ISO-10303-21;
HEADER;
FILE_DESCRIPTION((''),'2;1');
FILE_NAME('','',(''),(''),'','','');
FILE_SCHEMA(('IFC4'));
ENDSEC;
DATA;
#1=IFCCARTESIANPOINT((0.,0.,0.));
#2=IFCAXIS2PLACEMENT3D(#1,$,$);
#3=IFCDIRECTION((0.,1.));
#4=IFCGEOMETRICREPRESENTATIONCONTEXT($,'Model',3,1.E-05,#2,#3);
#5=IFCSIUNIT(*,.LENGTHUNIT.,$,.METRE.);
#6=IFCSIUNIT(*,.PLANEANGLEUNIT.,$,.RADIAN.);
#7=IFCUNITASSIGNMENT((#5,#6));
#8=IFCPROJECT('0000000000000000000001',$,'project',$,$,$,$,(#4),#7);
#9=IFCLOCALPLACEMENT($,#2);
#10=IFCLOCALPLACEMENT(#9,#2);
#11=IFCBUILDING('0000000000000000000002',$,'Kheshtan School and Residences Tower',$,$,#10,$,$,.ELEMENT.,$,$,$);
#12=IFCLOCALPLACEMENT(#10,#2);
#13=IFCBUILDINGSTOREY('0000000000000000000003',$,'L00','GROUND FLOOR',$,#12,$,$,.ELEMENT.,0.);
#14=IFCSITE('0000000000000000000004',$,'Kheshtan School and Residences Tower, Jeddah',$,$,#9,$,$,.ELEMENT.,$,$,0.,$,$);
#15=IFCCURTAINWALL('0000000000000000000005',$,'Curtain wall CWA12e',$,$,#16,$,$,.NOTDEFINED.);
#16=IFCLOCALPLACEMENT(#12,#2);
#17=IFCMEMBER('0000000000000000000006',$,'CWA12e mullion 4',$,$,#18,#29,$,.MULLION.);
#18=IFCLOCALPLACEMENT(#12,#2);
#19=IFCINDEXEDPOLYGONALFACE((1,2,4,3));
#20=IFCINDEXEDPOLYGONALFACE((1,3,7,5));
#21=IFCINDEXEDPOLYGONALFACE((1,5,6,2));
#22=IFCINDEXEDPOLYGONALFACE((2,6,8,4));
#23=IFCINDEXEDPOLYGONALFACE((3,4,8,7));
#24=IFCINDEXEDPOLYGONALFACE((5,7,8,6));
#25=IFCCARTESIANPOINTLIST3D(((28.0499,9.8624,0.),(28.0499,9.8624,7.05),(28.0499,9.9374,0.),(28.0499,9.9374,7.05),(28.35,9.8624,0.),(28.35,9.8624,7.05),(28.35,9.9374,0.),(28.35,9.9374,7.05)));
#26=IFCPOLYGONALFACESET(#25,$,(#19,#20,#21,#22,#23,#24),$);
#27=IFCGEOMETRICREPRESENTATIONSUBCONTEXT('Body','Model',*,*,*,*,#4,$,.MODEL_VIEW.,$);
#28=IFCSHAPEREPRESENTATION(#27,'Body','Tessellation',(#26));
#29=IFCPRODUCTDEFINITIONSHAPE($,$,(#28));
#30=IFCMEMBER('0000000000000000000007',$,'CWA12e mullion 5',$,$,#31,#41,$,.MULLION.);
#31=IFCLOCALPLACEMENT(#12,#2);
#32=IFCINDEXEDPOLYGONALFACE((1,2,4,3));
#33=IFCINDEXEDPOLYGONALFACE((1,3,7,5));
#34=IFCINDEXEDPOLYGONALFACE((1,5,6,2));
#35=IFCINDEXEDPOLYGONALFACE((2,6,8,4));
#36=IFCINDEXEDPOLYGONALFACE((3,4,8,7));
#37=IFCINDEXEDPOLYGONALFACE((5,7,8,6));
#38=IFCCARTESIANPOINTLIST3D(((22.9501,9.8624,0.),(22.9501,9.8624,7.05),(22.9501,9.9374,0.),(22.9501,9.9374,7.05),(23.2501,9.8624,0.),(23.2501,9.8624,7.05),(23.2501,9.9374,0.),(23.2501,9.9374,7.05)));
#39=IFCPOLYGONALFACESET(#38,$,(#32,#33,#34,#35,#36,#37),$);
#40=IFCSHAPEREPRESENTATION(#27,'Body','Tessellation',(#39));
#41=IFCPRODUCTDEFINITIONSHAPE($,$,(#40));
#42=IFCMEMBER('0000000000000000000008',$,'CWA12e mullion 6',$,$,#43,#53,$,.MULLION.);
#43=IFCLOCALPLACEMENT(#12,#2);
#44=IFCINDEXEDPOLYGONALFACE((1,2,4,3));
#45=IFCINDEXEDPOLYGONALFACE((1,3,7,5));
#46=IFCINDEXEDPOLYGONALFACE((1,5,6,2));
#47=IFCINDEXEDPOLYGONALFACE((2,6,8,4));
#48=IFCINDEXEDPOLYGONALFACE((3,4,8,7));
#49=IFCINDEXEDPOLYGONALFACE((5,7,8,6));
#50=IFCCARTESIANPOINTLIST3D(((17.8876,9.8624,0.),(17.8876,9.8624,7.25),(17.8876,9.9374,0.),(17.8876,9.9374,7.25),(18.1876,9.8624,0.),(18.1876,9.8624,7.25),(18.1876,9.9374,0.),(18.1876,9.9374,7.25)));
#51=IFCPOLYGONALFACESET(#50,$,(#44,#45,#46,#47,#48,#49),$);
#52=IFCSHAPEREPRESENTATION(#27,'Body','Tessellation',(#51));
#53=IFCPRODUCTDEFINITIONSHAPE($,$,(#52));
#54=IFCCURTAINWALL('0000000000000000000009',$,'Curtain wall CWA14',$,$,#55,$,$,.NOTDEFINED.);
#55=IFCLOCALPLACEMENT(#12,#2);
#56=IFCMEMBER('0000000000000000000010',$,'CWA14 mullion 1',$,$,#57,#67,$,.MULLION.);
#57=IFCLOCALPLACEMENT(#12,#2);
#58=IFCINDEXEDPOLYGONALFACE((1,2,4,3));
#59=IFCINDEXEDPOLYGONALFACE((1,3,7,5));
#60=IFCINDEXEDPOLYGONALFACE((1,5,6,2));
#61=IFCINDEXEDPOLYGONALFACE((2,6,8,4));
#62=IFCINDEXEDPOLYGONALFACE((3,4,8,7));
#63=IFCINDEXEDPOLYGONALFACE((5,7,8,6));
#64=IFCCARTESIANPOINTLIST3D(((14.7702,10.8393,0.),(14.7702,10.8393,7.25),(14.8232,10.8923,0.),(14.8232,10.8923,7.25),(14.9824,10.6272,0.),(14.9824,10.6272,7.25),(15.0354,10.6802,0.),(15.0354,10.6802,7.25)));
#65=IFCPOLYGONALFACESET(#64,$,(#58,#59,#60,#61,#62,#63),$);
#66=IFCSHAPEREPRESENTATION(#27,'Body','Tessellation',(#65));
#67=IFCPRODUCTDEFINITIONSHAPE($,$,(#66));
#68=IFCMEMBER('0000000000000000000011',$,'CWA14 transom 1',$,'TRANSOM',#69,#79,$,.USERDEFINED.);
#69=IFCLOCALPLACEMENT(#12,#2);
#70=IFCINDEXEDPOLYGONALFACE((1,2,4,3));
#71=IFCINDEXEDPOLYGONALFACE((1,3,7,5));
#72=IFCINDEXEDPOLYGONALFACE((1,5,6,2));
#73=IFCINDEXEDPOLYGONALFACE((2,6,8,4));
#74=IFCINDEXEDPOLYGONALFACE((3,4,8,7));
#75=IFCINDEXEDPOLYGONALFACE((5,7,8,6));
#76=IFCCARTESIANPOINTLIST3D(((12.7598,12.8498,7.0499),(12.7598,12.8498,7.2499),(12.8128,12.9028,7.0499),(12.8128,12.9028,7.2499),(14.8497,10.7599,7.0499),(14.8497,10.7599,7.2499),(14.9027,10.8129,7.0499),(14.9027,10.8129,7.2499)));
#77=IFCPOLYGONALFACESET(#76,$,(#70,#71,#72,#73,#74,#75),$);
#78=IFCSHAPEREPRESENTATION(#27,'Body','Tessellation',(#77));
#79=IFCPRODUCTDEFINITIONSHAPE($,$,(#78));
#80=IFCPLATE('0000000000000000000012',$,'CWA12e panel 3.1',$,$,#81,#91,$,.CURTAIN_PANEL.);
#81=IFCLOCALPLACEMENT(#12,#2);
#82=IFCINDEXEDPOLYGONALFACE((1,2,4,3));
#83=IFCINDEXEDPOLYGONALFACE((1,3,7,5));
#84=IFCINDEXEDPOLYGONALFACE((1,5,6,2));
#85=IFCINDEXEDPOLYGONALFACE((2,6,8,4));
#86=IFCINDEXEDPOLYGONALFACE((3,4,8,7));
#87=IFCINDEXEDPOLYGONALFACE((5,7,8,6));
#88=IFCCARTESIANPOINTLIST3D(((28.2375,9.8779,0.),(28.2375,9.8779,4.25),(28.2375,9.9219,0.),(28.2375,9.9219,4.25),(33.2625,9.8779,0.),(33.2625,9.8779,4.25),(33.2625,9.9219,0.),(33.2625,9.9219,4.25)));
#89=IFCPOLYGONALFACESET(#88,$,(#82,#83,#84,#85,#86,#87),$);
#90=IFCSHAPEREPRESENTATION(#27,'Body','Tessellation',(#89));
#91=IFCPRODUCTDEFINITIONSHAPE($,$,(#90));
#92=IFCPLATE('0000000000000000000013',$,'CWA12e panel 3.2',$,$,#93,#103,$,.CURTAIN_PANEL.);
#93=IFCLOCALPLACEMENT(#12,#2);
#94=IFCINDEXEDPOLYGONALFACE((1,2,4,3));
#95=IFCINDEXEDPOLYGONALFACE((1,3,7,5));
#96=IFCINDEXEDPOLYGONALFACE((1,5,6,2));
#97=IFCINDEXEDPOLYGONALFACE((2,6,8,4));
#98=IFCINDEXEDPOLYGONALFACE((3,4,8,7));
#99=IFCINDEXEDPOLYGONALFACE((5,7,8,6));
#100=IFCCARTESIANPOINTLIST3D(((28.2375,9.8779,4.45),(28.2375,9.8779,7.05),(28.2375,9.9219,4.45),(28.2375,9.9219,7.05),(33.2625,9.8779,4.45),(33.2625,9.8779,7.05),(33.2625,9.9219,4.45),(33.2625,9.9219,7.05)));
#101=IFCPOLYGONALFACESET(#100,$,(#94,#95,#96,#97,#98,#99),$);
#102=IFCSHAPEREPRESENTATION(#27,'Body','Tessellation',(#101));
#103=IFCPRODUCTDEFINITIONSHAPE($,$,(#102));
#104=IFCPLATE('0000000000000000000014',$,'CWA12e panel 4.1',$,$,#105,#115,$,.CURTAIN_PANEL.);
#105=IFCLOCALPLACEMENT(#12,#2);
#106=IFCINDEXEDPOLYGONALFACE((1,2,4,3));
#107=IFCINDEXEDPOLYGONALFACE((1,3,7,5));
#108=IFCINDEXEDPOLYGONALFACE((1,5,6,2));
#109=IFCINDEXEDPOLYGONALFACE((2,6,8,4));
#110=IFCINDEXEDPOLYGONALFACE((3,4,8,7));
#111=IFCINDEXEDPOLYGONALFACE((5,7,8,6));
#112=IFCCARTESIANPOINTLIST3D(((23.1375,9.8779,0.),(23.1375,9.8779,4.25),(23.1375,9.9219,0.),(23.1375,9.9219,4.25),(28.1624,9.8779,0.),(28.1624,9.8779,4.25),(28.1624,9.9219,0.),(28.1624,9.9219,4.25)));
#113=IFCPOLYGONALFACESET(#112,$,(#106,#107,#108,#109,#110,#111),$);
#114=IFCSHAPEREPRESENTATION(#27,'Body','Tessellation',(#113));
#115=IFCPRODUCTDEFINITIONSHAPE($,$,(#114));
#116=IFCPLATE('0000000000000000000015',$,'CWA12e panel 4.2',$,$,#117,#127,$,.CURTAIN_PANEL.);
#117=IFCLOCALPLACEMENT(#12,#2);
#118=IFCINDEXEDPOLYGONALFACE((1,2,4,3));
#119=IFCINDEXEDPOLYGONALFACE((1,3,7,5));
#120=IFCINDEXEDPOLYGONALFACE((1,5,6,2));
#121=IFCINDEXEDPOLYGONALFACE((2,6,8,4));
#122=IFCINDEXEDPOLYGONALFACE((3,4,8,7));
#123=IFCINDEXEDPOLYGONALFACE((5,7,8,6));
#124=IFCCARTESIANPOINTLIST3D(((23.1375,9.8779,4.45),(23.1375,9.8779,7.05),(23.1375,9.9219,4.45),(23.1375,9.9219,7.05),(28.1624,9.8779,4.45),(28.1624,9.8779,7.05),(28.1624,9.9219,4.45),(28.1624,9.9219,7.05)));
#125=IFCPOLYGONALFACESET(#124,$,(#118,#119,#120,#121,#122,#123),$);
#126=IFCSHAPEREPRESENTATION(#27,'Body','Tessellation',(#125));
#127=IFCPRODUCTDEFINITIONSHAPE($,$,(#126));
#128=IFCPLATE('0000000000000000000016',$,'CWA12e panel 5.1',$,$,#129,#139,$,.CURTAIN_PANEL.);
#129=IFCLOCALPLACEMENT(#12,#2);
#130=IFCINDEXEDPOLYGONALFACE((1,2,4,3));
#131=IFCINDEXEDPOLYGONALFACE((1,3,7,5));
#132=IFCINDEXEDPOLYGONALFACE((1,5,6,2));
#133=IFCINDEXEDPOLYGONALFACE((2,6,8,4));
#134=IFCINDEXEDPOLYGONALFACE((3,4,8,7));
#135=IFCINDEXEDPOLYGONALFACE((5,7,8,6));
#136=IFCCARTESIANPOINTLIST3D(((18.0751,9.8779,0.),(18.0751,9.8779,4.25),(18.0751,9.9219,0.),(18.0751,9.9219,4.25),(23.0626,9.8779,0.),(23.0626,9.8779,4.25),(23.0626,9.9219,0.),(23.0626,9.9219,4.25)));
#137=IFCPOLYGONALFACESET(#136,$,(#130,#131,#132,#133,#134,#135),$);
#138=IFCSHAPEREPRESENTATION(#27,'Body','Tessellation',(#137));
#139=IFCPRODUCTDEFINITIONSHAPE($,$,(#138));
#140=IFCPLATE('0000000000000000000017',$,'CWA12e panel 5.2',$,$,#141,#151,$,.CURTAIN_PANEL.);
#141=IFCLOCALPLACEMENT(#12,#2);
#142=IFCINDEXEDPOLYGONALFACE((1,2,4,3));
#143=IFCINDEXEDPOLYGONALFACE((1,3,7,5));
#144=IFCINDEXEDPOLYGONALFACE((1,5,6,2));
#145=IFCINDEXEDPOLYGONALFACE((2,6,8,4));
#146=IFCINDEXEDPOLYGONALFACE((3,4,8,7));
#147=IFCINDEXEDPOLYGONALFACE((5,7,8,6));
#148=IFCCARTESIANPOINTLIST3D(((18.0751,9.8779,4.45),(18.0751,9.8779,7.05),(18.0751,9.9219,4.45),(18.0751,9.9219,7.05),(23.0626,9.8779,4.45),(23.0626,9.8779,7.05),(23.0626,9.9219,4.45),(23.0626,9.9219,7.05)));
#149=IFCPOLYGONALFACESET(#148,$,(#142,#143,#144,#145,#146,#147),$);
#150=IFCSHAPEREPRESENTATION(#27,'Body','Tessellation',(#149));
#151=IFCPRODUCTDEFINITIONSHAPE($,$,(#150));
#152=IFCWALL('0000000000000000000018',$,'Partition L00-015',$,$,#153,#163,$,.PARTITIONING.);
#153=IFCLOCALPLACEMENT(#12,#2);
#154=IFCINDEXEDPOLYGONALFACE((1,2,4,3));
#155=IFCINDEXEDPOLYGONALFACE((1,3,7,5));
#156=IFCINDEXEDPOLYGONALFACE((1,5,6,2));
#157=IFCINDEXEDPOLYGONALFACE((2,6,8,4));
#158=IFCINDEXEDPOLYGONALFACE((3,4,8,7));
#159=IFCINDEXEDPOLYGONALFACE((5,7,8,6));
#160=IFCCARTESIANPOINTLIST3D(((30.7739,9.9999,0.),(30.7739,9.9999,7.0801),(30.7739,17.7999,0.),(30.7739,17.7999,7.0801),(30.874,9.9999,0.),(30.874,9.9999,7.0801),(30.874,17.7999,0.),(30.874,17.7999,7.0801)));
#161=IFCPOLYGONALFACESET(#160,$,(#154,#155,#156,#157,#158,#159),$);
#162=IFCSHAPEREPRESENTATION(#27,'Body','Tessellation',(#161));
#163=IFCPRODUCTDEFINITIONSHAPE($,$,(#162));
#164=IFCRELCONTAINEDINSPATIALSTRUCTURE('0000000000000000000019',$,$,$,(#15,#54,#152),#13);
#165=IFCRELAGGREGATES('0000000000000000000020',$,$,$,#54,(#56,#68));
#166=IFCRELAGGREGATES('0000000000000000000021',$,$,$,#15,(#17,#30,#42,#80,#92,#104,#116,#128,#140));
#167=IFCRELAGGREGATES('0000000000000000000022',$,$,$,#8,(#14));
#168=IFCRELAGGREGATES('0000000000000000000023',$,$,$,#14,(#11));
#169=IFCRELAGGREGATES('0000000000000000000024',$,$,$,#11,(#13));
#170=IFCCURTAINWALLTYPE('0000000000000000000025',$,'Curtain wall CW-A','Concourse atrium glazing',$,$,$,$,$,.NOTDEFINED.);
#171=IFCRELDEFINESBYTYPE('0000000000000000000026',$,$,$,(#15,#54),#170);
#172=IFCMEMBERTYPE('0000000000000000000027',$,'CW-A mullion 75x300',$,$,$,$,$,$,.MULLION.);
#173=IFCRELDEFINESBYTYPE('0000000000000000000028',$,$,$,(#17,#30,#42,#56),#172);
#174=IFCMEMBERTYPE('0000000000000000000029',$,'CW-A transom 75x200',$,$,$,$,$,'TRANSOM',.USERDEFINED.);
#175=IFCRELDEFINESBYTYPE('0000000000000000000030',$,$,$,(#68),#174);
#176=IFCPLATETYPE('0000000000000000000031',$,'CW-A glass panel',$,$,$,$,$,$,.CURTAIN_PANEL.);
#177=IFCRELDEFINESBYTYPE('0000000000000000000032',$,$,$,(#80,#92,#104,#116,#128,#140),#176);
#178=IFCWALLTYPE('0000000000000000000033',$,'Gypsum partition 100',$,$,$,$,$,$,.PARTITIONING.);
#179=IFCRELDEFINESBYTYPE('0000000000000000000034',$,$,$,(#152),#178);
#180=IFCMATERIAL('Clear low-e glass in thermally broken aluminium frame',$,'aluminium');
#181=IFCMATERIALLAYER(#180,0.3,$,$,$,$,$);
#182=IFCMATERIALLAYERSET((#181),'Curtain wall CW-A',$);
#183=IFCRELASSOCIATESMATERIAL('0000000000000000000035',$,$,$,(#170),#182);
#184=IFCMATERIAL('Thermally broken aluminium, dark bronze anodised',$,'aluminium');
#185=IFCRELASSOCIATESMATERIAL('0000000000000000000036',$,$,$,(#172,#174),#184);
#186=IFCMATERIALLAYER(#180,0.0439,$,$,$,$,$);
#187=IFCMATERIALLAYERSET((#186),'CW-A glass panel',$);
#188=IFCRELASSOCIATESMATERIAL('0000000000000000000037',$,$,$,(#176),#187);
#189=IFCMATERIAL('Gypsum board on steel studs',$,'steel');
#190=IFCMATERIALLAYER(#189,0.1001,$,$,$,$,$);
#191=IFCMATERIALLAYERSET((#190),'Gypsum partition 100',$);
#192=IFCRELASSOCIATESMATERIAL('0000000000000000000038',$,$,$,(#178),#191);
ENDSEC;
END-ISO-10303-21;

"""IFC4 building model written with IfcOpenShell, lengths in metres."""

from ifc_helpers import new_model, si_unit, direction, frame, frame_2d, origin, origin_2d, place, context, subcontext, project, spatial, rectangle, extrude, material, layer, layer_set, material_profile, profile_set, type_object, element, aggregate, save


model = new_model("IFC4")

# Units and contexts
model_context = context("Model", 3, precision=1e-05, world=origin(), true_north=direction((0.0, 1.0)))
body_context = subcontext(model_context, "Body", "Model", "MODEL_VIEW")
ifc_project = project(units=[si_unit("LENGTHUNIT", "METRE"), si_unit("PLANEANGLEUNIT", "RADIAN")], contexts=[model_context])

# Site, building, storey
site_placement = place(None, origin())
site = spatial("IfcSite", under=ifc_project, at=site_placement, Name="Kheshtan School and Residences Tower, Jeddah", CompositionType="ELEMENT", RefElevation=0.0)
building_placement = place(site_placement, origin())
building = spatial("IfcBuilding", under=site, at=building_placement, Name="Kheshtan School and Residences Tower", CompositionType="ELEMENT")
storey_placement = place(building_placement, origin())
storey = spatial("IfcBuildingStorey", under=building, at=storey_placement, Name="L00", Description="GROUND FLOOR", CompositionType="ELEMENT", Elevation=0.0)

# Curtain walls, members
ifc_material_1 = material(Name="Clear low-e glass in thermally broken aluminium frame", Category="aluminium")
ifc_layer_1 = layer(ifc_material_1, 0.3)
ifc_layer_set_1 = layer_set([ifc_layer_1], Name="Curtain wall CW-A")
curtain_wall_type = type_object("IfcCurtainWallType", Name="Curtain wall CW-A", Description="Concourse atrium glazing", PredefinedType="NOTDEFINED", material=ifc_layer_set_1)
curtain_wall_1_placement = place(storey_placement, origin())
curtain_wall_1 = element("IfcCurtainWall", 1, at=curtain_wall_1_placement, inside=storey, type_object=curtain_wall_type, Name="Curtain wall CWA12e", PredefinedType="NOTDEFINED")
ifc_material_2 = material(Name="Thermally broken aluminium, dark bronze anodised", Category="aluminium")
ifc_material_profile_1 = material_profile(ifc_material_2, rectangle(XDim=0.075, YDim=0.3, at=origin_2d()), Name="CW-A mullion 75x300")
ifc_profile_set_1 = profile_set([ifc_material_profile_1], Name="Thermally broken aluminium, dark bronze anodised")
member_type_1 = type_object("IfcMemberType", Name="CW-A mullion 75x300", PredefinedType="MULLION", material=ifc_profile_set_1)
member_1_placement = place(storey_placement, frame((28.2, 9.8999, 0.0), z_axis=(0.0, 0.0, 1.0), x_axis=(0.0, -1.0, 0.0)))
member_1 = element("IfcMember", 2, at=member_1_placement, type_object=member_type_1, Name="CWA12e mullion 4", PredefinedType="MULLION", context=body_context, shape_type="SweptSolid", body=[
    extrude(rectangle(XDim=0.075, YDim=0.3, at=origin_2d()), origin(), (0.0, 0.0, 1.0), 7.05),
])
member_2_placement = place(storey_placement, frame((23.1001, 9.8999, 0.0), z_axis=(0.0, 0.0, 1.0), x_axis=(0.0, -1.0, 0.0)))
member_2 = element("IfcMember", 3, at=member_2_placement, type_object=member_type_1, Name="CWA12e mullion 5", PredefinedType="MULLION", context=body_context, shape_type="SweptSolid", body=[
    extrude(rectangle(XDim=0.075, YDim=0.3, at=origin_2d()), origin(), (0.0, 0.0, 1.0), 7.05),
])
member_3_placement = place(storey_placement, frame((18.0376, 9.8999, 0.0), z_axis=(0.0, 0.0, 1.0), x_axis=(0.0, -1.0, 0.0)))
member_3 = element("IfcMember", 4, at=member_3_placement, type_object=member_type_1, Name="CWA12e mullion 6", PredefinedType="MULLION", context=body_context, shape_type="SweptSolid", body=[
    extrude(rectangle(XDim=0.075, YDim=0.3, at=origin_2d()), origin(), (0.0, 0.0, 1.0), 7.25),
])
curtain_wall_2_placement = place(storey_placement, origin())
curtain_wall_2 = element("IfcCurtainWall", 5, at=curtain_wall_2_placement, inside=storey, type_object=curtain_wall_type, Name="Curtain wall CWA14", PredefinedType="NOTDEFINED")
member_4_placement = place(storey_placement, frame((14.9028, 10.7598, 0.0), z_axis=(0.0, 0.0, 1.0), x_axis=(-0.707107, -0.707107, 0.0)))
member_4 = element("IfcMember", 6, at=member_4_placement, type_object=member_type_1, Name="CWA14 mullion 1", PredefinedType="MULLION", context=body_context, shape_type="SweptSolid", body=[
    extrude(rectangle(XDim=0.075, YDim=0.3, at=origin_2d()), origin(), (0.0, 0.0, 1.0), 7.25),
])
ifc_material_profile_2 = material_profile(ifc_material_2, rectangle(XDim=0.075, YDim=0.2, at=origin_2d()), Name="CW-A transom 75x200")
ifc_profile_set_2 = profile_set([ifc_material_profile_2], Name="Thermally broken aluminium, dark bronze anodised")
member_type_2 = type_object("IfcMemberType", Name="CW-A transom 75x200", ElementType="TRANSOM", PredefinedType="USERDEFINED", material=ifc_profile_set_2)
member_5_placement = place(storey_placement, frame((14.8762, 10.7864, 7.1499), z_axis=(-0.707107, 0.707107, 0.0), x_axis=(-0.707107, -0.707107, 0.0)))
member_5 = element("IfcMember", 7, at=member_5_placement, type_object=member_type_2, Name="CWA14 transom 1", ObjectType="TRANSOM", PredefinedType="USERDEFINED", context=body_context, shape_type="SweptSolid", body=[
    extrude(rectangle(XDim=0.075, YDim=0.2, at=origin_2d()), origin(), (0.0, 0.0, 1.0), 2.9556),
])
aggregate(curtain_wall_2, [member_4, member_5])

# Plates
ifc_layer_2 = layer(ifc_material_1, 0.0439)
ifc_layer_set_2 = layer_set([ifc_layer_2], Name="CW-A glass panel")
plate_type = type_object("IfcPlateType", Name="CW-A glass panel", PredefinedType="CURTAIN_PANEL", material=ifc_layer_set_2)
plate_1_placement = place(storey_placement, frame((30.75, 9.8999, 0.0), z_axis=(0.0, 0.0, 1.0), x_axis=(-1.0, 0.0, 0.0)))
plate_1 = element("IfcPlate", 8, at=plate_1_placement, type_object=plate_type, Name="CWA12e panel 3.1", PredefinedType="CURTAIN_PANEL", context=body_context, shape_type="SweptSolid", body=[
    extrude(rectangle(XDim=5.0249, YDim=0.0439, at=origin_2d()), origin(), (0.0, 0.0, 1.0), 4.25),
])
plate_2_placement = place(storey_placement, frame((30.75, 9.8999, 4.45), z_axis=(0.0, 0.0, 1.0), x_axis=(-1.0, 0.0, 0.0)))
plate_2 = element("IfcPlate", 9, at=plate_2_placement, type_object=plate_type, Name="CWA12e panel 3.2", PredefinedType="CURTAIN_PANEL", context=body_context, shape_type="SweptSolid", body=[
    extrude(rectangle(XDim=5.0249, YDim=0.0439, at=origin_2d()), origin(), (0.0, 0.0, 1.0), 2.6001),
])
plate_3_placement = place(storey_placement, frame((25.6499, 9.8999, 0.0), z_axis=(0.0, 0.0, 1.0), x_axis=(-1.0, 0.0, 0.0)))
plate_3 = element("IfcPlate", 10, at=plate_3_placement, type_object=plate_type, Name="CWA12e panel 4.1", PredefinedType="CURTAIN_PANEL", context=body_context, shape_type="SweptSolid", body=[
    extrude(rectangle(XDim=5.0249, YDim=0.0439, at=origin_2d()), origin(), (0.0, 0.0, 1.0), 4.25),
])
plate_4_placement = place(storey_placement, frame((25.6499, 9.8999, 4.45), z_axis=(0.0, 0.0, 1.0), x_axis=(-1.0, 0.0, 0.0)))
plate_4 = element("IfcPlate", 11, at=plate_4_placement, type_object=plate_type, Name="CWA12e panel 4.2", PredefinedType="CURTAIN_PANEL", context=body_context, shape_type="SweptSolid", body=[
    extrude(rectangle(XDim=5.0249, YDim=0.0439, at=origin_2d()), origin(), (0.0, 0.0, 1.0), 2.6001),
])
plate_5_placement = place(storey_placement, frame((20.5688, 9.8999, 0.0), z_axis=(0.0, 0.0, 1.0), x_axis=(-1.0, 0.0, 0.0)))
plate_5 = element("IfcPlate", 12, at=plate_5_placement, type_object=plate_type, Name="CWA12e panel 5.1", PredefinedType="CURTAIN_PANEL", context=body_context, shape_type="SweptSolid", body=[
    extrude(rectangle(XDim=4.9875, YDim=0.0439, at=origin_2d()), origin(), (0.0, 0.0, 1.0), 4.25),
])
plate_6_placement = place(storey_placement, frame((20.5688, 9.8999, 4.45), z_axis=(0.0, 0.0, 1.0), x_axis=(-1.0, 0.0, 0.0)))
plate_6 = element("IfcPlate", 13, at=plate_6_placement, type_object=plate_type, Name="CWA12e panel 5.2", PredefinedType="CURTAIN_PANEL", context=body_context, shape_type="SweptSolid", body=[
    extrude(rectangle(XDim=4.9875, YDim=0.0439, at=origin_2d()), origin(), (0.0, 0.0, 1.0), 2.6001),
])
aggregate(curtain_wall_1, [member_1, member_2, member_3, plate_1, plate_2, plate_3, plate_4, plate_5, plate_6])

# Wall
ifc_material_3 = material(Name="Gypsum board on steel studs", Category="steel")
ifc_layer_3 = layer(ifc_material_3, 0.1001)
ifc_layer_set_3 = layer_set([ifc_layer_3], Name="Gypsum partition 100")
wall_type_1 = type_object("IfcWallType", Name="Gypsum partition 100", PredefinedType="PARTITIONING", material=ifc_layer_set_3)
wall_1_placement = place(storey_placement, frame((30.824, 10.0, 0.0), z_axis=(0.0, 0.0, 1.0), x_axis=(0.0, 1.0, 0.0)))
element("IfcWall", 14, at=wall_1_placement, inside=storey, type_object=wall_type_1, Name="Partition L00-015", PredefinedType="PARTITIONING", context=body_context, shape_type="SweptSolid", body=[
    extrude(rectangle(XDim=7.8, YDim=0.1001, at=frame_2d((3.8999, 0.0))), origin(), (0.0, 0.0, 1.0), 7.0801),
])

save(model, "model.ifc")
